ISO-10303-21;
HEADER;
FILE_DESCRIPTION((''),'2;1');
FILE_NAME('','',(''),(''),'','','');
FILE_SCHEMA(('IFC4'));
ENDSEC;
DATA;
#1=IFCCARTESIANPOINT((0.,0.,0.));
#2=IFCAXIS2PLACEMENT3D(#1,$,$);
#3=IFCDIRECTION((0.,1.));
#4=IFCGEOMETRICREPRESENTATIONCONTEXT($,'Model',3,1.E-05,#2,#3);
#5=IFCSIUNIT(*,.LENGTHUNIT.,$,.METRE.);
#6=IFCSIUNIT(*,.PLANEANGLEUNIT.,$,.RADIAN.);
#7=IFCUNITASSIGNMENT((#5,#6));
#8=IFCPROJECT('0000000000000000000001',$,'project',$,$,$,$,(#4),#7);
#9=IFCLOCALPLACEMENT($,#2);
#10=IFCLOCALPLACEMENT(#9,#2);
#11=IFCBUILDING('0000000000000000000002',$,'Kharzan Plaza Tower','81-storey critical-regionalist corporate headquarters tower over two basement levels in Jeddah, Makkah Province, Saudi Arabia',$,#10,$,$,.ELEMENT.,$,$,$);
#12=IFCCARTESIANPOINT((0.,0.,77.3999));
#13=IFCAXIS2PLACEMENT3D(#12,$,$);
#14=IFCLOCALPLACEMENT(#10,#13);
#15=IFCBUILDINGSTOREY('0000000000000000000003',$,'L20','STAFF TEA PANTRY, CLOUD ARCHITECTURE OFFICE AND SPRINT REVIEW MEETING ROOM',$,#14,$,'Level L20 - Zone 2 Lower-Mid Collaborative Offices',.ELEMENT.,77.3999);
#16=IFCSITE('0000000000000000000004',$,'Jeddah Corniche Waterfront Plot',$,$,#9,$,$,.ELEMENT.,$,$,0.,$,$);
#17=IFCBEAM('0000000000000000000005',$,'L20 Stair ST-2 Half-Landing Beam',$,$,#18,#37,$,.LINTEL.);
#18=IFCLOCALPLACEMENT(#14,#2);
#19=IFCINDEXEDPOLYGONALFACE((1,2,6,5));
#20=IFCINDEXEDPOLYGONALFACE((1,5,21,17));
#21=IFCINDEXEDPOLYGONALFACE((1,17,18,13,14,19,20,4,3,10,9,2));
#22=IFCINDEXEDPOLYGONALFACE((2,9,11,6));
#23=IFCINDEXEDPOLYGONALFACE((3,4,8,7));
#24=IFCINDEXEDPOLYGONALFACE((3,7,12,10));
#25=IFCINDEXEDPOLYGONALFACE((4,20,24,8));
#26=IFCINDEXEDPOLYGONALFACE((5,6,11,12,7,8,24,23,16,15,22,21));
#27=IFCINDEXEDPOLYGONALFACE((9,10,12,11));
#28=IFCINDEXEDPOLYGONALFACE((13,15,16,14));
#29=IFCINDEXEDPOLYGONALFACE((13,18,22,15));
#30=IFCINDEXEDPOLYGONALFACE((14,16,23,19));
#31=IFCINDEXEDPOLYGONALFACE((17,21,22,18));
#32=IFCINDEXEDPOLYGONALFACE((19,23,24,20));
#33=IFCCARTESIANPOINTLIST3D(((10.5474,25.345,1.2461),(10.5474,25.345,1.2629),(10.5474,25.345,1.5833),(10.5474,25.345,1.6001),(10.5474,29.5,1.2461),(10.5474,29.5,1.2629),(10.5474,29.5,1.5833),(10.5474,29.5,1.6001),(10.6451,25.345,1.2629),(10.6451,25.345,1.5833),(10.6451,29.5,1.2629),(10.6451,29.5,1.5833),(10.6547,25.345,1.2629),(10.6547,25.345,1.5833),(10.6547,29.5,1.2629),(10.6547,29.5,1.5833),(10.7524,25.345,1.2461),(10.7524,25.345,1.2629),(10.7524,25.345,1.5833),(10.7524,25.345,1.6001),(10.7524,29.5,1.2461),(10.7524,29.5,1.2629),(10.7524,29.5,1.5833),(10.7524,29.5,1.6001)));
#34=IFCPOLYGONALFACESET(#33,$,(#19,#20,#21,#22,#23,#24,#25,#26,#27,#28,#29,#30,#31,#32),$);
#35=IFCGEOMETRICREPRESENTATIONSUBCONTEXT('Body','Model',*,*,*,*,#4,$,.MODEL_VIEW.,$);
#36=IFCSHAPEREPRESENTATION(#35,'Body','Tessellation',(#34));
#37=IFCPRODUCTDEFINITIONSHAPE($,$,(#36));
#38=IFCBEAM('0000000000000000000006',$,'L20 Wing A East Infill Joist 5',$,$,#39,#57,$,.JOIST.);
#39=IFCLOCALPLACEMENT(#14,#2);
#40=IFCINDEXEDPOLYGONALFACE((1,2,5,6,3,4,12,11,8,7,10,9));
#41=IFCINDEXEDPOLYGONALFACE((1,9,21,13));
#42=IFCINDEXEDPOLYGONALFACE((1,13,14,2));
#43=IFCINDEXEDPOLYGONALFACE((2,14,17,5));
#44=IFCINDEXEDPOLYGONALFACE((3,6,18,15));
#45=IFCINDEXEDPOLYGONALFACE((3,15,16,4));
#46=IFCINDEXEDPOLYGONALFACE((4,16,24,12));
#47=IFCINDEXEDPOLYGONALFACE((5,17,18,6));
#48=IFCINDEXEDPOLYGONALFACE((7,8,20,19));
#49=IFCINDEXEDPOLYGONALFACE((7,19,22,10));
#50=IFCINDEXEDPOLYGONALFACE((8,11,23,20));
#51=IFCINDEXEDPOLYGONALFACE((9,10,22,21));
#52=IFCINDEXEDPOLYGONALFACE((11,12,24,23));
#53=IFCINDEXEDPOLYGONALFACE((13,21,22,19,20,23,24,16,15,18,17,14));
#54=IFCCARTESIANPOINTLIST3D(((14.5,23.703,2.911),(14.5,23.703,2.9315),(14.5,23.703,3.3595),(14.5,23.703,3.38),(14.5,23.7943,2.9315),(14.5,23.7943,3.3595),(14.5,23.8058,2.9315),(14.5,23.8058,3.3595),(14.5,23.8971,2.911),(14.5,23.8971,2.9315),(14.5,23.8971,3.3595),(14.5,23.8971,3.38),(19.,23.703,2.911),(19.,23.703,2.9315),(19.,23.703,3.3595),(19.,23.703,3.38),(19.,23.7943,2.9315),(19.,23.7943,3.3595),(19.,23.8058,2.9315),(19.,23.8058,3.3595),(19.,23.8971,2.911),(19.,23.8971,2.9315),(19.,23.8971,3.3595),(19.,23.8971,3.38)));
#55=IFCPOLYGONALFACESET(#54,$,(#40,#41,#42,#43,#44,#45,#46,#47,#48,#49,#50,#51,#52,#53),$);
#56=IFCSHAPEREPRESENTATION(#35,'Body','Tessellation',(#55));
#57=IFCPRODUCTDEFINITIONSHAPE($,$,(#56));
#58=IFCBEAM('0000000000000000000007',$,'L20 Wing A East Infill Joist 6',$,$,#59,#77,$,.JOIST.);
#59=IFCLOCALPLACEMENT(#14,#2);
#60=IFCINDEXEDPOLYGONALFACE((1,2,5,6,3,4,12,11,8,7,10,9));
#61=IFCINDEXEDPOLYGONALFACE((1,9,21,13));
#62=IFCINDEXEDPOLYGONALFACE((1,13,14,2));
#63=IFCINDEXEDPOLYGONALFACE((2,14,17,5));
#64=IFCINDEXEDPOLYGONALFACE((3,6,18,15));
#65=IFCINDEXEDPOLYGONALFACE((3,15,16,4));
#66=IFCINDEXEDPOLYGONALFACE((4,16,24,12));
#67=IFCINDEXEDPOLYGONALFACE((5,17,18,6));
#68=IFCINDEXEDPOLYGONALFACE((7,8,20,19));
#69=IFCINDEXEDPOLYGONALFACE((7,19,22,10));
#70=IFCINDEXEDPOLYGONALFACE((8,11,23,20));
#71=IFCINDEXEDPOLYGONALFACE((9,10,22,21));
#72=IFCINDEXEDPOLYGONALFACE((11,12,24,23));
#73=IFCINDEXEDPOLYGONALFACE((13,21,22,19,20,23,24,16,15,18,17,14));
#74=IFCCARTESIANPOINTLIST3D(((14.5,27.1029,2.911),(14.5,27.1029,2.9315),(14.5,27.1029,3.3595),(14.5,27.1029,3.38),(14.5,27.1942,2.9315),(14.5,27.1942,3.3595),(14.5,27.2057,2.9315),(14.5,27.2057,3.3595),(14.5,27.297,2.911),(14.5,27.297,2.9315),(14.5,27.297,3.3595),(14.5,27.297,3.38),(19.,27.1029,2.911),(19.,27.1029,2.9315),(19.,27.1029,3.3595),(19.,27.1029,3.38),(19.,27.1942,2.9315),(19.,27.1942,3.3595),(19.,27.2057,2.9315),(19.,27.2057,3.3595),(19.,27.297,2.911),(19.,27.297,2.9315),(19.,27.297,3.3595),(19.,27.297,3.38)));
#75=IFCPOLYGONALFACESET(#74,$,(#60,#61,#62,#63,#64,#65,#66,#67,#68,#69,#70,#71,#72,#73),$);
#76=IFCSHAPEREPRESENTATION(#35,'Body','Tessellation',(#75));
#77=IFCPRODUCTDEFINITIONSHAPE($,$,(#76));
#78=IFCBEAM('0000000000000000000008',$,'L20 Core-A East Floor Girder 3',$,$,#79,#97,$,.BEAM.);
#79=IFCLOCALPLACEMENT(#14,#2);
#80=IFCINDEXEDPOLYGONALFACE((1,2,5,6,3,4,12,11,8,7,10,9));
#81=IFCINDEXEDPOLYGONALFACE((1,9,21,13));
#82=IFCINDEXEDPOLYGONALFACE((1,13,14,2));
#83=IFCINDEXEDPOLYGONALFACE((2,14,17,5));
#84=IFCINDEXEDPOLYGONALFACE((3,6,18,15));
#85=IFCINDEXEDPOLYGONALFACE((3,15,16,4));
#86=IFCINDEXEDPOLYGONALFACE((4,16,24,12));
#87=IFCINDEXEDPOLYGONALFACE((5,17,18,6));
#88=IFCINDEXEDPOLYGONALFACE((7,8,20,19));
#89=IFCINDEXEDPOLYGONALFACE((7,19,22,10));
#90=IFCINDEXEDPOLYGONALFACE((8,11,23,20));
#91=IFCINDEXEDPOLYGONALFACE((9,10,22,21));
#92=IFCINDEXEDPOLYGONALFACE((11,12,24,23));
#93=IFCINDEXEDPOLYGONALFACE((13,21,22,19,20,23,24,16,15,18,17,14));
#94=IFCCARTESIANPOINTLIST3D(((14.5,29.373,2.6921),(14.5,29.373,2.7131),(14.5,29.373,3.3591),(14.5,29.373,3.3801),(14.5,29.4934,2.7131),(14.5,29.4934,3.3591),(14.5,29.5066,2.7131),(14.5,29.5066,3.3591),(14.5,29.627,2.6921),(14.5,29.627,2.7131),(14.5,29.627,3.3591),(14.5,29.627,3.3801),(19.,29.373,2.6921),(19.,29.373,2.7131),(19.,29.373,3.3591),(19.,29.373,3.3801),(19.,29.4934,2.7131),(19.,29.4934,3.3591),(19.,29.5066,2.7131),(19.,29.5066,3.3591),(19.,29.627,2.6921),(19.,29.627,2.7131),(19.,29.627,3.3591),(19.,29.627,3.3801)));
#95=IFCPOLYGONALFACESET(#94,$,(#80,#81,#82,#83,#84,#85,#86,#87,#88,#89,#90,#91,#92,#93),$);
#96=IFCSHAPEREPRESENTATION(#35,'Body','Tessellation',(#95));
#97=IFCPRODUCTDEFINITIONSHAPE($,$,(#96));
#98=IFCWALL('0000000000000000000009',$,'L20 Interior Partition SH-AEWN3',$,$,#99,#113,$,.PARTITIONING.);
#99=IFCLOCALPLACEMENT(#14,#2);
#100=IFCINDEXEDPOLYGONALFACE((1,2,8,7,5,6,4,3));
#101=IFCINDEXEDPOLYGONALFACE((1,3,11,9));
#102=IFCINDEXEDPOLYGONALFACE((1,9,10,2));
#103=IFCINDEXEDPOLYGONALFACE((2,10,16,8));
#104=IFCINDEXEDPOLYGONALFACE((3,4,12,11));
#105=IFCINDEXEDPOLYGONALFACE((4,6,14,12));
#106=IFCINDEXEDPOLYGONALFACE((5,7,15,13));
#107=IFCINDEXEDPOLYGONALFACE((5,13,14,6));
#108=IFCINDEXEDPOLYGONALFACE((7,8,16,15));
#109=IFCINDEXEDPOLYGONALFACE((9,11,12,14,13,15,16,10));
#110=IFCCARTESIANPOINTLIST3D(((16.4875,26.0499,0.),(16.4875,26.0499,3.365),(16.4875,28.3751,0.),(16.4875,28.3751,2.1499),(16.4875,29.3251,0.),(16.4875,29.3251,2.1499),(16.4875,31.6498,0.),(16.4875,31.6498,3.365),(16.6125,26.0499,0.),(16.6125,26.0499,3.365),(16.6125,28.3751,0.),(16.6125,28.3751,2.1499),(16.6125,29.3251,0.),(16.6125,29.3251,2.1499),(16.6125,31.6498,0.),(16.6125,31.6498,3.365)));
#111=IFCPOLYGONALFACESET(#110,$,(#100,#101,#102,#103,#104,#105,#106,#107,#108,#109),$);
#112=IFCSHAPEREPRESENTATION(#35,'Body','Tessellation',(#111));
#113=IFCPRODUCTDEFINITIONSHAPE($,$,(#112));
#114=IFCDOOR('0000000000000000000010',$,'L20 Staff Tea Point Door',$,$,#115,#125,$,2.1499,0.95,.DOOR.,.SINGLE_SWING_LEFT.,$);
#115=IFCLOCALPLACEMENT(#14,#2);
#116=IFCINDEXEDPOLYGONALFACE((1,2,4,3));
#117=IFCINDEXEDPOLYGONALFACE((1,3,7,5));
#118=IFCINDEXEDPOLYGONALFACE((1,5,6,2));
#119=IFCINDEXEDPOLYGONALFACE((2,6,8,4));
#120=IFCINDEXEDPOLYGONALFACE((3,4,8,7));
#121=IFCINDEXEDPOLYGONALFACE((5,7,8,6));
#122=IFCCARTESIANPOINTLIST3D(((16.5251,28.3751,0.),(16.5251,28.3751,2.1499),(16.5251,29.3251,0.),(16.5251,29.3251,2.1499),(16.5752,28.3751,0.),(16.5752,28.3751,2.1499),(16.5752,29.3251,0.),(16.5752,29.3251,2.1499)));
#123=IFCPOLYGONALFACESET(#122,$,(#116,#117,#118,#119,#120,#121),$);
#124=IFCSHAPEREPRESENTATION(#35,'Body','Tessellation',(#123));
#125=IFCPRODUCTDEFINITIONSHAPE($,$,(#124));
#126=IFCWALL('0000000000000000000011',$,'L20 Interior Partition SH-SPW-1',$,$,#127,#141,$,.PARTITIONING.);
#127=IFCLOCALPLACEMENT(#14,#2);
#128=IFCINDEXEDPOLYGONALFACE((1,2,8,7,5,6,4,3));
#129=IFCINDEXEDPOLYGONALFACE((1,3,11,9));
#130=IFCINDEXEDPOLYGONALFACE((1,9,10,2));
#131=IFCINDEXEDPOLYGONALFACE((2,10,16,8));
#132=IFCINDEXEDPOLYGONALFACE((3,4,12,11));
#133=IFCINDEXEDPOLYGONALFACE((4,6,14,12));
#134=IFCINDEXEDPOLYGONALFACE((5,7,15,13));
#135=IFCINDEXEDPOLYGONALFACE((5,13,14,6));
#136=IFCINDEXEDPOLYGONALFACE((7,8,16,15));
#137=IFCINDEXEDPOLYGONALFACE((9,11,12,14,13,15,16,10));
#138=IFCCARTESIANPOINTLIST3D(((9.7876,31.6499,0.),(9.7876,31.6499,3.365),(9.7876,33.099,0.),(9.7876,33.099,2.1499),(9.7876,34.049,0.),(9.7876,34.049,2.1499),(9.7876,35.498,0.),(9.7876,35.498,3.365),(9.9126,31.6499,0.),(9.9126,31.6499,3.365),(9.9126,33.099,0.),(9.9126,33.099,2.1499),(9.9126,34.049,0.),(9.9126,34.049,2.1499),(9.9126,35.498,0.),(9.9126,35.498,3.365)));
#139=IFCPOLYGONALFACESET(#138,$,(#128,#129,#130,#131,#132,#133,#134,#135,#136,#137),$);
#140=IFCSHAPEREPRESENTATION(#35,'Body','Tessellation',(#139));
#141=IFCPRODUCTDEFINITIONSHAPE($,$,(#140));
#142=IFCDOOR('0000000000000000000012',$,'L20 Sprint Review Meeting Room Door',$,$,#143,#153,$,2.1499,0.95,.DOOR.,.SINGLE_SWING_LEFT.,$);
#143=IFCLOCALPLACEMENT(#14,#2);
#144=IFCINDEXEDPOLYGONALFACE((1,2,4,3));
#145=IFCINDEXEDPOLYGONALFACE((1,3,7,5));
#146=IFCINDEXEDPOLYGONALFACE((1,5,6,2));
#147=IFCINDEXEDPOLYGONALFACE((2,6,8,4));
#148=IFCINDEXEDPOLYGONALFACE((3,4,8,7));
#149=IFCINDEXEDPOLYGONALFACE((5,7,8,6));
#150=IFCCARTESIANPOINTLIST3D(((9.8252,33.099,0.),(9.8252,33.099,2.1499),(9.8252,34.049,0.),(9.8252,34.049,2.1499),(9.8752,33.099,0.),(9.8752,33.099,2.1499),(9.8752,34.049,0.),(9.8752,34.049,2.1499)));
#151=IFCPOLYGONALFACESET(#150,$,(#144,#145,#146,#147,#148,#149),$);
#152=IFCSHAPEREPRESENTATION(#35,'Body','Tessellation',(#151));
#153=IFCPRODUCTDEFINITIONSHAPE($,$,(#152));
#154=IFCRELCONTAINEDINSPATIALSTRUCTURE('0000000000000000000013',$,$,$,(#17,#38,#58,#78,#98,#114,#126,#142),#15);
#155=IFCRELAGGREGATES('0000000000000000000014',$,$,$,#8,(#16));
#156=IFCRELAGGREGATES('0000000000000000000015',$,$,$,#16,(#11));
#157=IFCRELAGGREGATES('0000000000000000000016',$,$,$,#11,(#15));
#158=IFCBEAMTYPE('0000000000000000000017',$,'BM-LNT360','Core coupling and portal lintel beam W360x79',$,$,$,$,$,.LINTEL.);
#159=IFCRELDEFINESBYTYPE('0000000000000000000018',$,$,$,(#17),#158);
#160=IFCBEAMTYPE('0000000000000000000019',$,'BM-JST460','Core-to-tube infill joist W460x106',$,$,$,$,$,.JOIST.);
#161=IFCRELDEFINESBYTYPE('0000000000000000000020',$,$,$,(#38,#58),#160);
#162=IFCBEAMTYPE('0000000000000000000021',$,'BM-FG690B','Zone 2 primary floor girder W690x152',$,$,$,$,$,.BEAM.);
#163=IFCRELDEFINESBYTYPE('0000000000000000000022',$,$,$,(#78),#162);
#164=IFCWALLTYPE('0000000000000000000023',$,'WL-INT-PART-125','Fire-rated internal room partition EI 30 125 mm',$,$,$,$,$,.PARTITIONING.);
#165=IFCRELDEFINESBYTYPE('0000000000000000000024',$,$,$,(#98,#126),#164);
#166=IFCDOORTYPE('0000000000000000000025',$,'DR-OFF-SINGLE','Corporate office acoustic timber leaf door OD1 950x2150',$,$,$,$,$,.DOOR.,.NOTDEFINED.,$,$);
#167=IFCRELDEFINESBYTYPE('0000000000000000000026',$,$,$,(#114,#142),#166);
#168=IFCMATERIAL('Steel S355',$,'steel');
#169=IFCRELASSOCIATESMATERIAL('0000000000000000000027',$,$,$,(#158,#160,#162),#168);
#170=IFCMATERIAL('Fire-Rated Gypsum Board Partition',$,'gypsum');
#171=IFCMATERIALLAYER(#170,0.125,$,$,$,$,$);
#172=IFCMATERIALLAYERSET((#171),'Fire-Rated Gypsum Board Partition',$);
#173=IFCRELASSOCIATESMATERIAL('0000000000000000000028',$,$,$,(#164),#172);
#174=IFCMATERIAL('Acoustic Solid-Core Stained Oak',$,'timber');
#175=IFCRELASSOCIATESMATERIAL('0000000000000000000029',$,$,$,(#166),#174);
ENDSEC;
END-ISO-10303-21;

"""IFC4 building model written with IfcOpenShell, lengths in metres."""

from ifc_helpers import new_model, si_unit, direction, frame, frame_2d, origin, origin_2d, place, context, subcontext, project, spatial, rectangle, i_section, extrude, source, transform, mapped, material, layer, layer_set, material_profile, profile_set, type_object, element, fill, save


model = new_model("IFC4")

# Units and contexts
model_context = context("Model", 3, precision=1e-05, world=origin(), true_north=direction((0.0, 1.0)))
body_context = subcontext(model_context, "Body", "Model", "MODEL_VIEW")
ifc_project = project(units=[si_unit("LENGTHUNIT", "METRE"), si_unit("PLANEANGLEUNIT", "RADIAN")], contexts=[model_context])

# Site, building, storey
site_placement = place(None, origin())
site = spatial("IfcSite", under=ifc_project, at=site_placement, Name="Jeddah Corniche Waterfront Plot", CompositionType="ELEMENT", RefElevation=0.0)
building_placement = place(site_placement, origin())
building = spatial("IfcBuilding", under=site, at=building_placement, Name="Kharzan Plaza Tower", Description="81-storey critical-regionalist corporate headquarters tower over two basement levels in Jeddah, Makkah Province, Saudi Arabia", CompositionType="ELEMENT")
storey_placement = place(building_placement, frame((0.0, 0.0, 77.3999)))
storey = spatial("IfcBuildingStorey", under=building, at=storey_placement, Name="L20", Description="STAFF TEA PANTRY, CLOUD ARCHITECTURE OFFICE AND SPRINT REVIEW MEETING ROOM", LongName="Level L20 - Zone 2 Lower-Mid Collaborative Offices", CompositionType="ELEMENT", Elevation=77.3999)

# Beams
ifc_material_1 = material(Name="Steel S355", Category="steel")
ifc_material_profile_1 = material_profile(ifc_material_1, i_section(OverallWidth=0.2051, OverallDepth=0.354, WebThickness=0.0095, FlangeThickness=0.0168, at=origin_2d()), Name="W360x79")
ifc_profile_set_1 = profile_set([ifc_material_profile_1], Name="Steel S355")
beam_type_1 = type_object("IfcBeamType", Name="BM-LNT360", Description="Core coupling and portal lintel beam W360x79", PredefinedType="LINTEL", material=ifc_profile_set_1)
shared_shape_1 = source(origin(), body_context, "Body", "SweptSolid", [
    extrude(i_section(OverallWidth=0.2051, OverallDepth=0.354, WebThickness=0.0095, FlangeThickness=0.0168, at=origin_2d()), origin(), (0.0, 0.0, 1.0), 4.155),
])
beam_1_placement = place(storey_placement, frame((10.6499, 25.345, 1.4231), z_axis=(0.0, 1.0, 0.0), x_axis=(-1.0, 0.0, 0.0)))
element("IfcBeam", 1, at=beam_1_placement, inside=storey, type_object=beam_type_1, Name="L20 Stair ST-2 Half-Landing Beam", PredefinedType="LINTEL", context=body_context, shape_type="MappedRepresentation", body=[
    mapped(shared_shape_1, transform((0.0, 0.0, 0.0), x_axis=(1.0, 0.0, 0.0), y_axis=(0.0, 1.0, 0.0), z_axis=(0.0, 0.0, 1.0))),
])
ifc_material_profile_2 = material_profile(ifc_material_1, i_section(OverallWidth=0.1941, OverallDepth=0.469, WebThickness=0.0115, FlangeThickness=0.0205, at=origin_2d()), Name="W460x106")
ifc_profile_set_2 = profile_set([ifc_material_profile_2], Name="Steel S355")
beam_type_2 = type_object("IfcBeamType", Name="BM-JST460", Description="Core-to-tube infill joist W460x106", PredefinedType="JOIST", material=ifc_profile_set_2)
shared_shape_2 = source(origin(), body_context, "Body", "SweptSolid", [
    extrude(i_section(OverallWidth=0.1941, OverallDepth=0.469, WebThickness=0.0115, FlangeThickness=0.0205, at=origin_2d()), origin(), (0.0, 0.0, 1.0), 4.5),
])
for number, where, z_axis, x_axis, name in (
    (2, (14.5, 23.8, 3.1455), (1.0, 0.0, 0.0), (0.0, 1.0, 0.0), "L20 Wing A East Infill Joist 5"),
    (3, (14.5, 27.2, 3.1455), (1.0, 0.0, 0.0), (0.0, 1.0, 0.0), "L20 Wing A East Infill Joist 6"),
):
    element("IfcBeam", number, at=place(storey_placement, frame(where, z_axis=z_axis, x_axis=x_axis)), inside=storey, type_object=beam_type_2, Name=name, PredefinedType="JOIST", context=body_context, shape_type="MappedRepresentation", body=[
        mapped(shared_shape_2, transform((0.0, 0.0, 0.0), x_axis=(1.0, 0.0, 0.0), y_axis=(0.0, 1.0, 0.0), z_axis=(0.0, 0.0, 1.0))),
    ])
ifc_material_profile_3 = material_profile(ifc_material_1, i_section(OverallWidth=0.2539, OverallDepth=0.688, WebThickness=0.0132, FlangeThickness=0.021, at=origin_2d()), Name="W690x152")
ifc_profile_set_3 = profile_set([ifc_material_profile_3], Name="Steel S355")
beam_type_3 = type_object("IfcBeamType", Name="BM-FG690B", Description="Zone 2 primary floor girder W690x152", PredefinedType="BEAM", material=ifc_profile_set_3)
shared_shape_3 = source(origin(), body_context, "Body", "SweptSolid", [
    extrude(i_section(OverallWidth=0.2539, OverallDepth=0.688, WebThickness=0.0132, FlangeThickness=0.021, at=origin_2d()), origin(), (0.0, 0.0, 1.0), 4.5),
])
beam_2_placement = place(storey_placement, frame((14.5, 29.5, 3.0361), z_axis=(1.0, 0.0, 0.0), x_axis=(0.0, 1.0, 0.0)))
element("IfcBeam", 4, at=beam_2_placement, inside=storey, type_object=beam_type_3, Name="L20 Core-A East Floor Girder 3", PredefinedType="BEAM", context=body_context, shape_type="MappedRepresentation", body=[
    mapped(shared_shape_3, transform((0.0, 0.0, 0.0), x_axis=(1.0, 0.0, 0.0), y_axis=(0.0, 1.0, 0.0), z_axis=(0.0, 0.0, 1.0))),
])

# Walls, openings, doors
ifc_material_2 = material(Name="Fire-Rated Gypsum Board Partition", Category="gypsum")
ifc_layer_1 = layer(ifc_material_2, 0.125)
ifc_layer_set_1 = layer_set([ifc_layer_1], Name="Fire-Rated Gypsum Board Partition")
wall_type_1 = type_object("IfcWallType", Name="WL-INT-PART-125", Description="Fire-rated internal room partition EI 30 125 mm", PredefinedType="PARTITIONING", material=ifc_layer_set_1)
wall_1_placement = place(storey_placement, frame((16.55, 26.05, 0.0), z_axis=(0.0, 0.0, 1.0), x_axis=(0.0, 1.0, 0.0)))
wall_1 = element("IfcWall", 5, at=wall_1_placement, inside=storey, type_object=wall_type_1, Name="L20 Interior Partition SH-AEWN3", PredefinedType="PARTITIONING", context=body_context, shape_type="SweptSolid", body=[
    extrude(rectangle(XDim=5.5999, YDim=0.125, at=frame_2d((2.7998, 0.0))), origin(), (0.0, 0.0, 1.0), 3.365),
])
opening_1_placement = place(wall_1_placement, frame((2.325, 0.0, 0.0)))
opening_1 = element("IfcOpeningElement", 6, at=opening_1_placement, cuts=wall_1, PredefinedType="OPENING", context=body_context, shape_type="SweptSolid", body=[
    extrude(rectangle(XDim=0.95, YDim=2.1499, at=frame_2d((0.4751, 1.075))), frame((0.0, 0.0725, 0.0), z_axis=(0.0, -1.0, 0.0), x_axis=(1.0, 0.0, 0.0)), (0.0, 0.0, 1.0), 0.145),
])
ifc_material_3 = material(Name="Acoustic Solid-Core Stained Oak", Category="timber")
door_type_1 = type_object("IfcDoorType", Name="DR-OFF-SINGLE", Description="Corporate office acoustic timber leaf door OD1 950x2150", OperationType="NOTDEFINED", PredefinedType="DOOR", material=ifc_material_3)
shared_shape_4 = source(origin(), body_context, "Body", "SweptSolid", [
    extrude(rectangle(XDim=0.95, YDim=2.1499, at=frame_2d((0.4751, 1.075))), frame((0.0, 0.0249, 0.0), z_axis=(0.0, -1.0, 0.0), x_axis=(1.0, 0.0, 0.0)), (0.0, 0.0, 1.0), 0.05),
])
door_1_placement = place(opening_1_placement, origin())
door_1 = element("IfcDoor", 7, at=door_1_placement, inside=storey, type_object=door_type_1, Name="L20 Staff Tea Point Door", OperationType="SINGLE_SWING_LEFT", OverallHeight=2.1499, OverallWidth=0.95, PredefinedType="DOOR", context=body_context, shape_type="MappedRepresentation", body=[
    mapped(shared_shape_4, transform((0.0, 0.0, 0.0), x_axis=(1.0, 0.0, 0.0), y_axis=(0.0, 1.0, 0.0), z_axis=(0.0, 0.0, 1.0))),
])
fill(opening_1, door_1)
wall_2_placement = place(storey_placement, frame((9.8501, 31.6499, 0.0), z_axis=(0.0, 0.0, 1.0), x_axis=(0.0, 1.0, 0.0)))
wall_2 = element("IfcWall", 8, at=wall_2_placement, inside=storey, type_object=wall_type_1, Name="L20 Interior Partition SH-SPW-1", PredefinedType="PARTITIONING", context=body_context, shape_type="SweptSolid", body=[
    extrude(rectangle(XDim=3.8481, YDim=0.125, at=frame_2d((1.9241, 0.0))), origin(), (0.0, 0.0, 1.0), 3.365),
])
opening_2_placement = place(wall_2_placement, frame((1.449, 0.0, 0.0)))
opening_2 = element("IfcOpeningElement", 9, at=opening_2_placement, cuts=wall_2, PredefinedType="OPENING", context=body_context, shape_type="SweptSolid", body=[
    extrude(rectangle(XDim=0.95, YDim=2.1499, at=frame_2d((0.4751, 1.075))), frame((0.0, 0.0725, 0.0), z_axis=(0.0, -1.0, 0.0), x_axis=(1.0, 0.0, 0.0)), (0.0, 0.0, 1.0), 0.145),
])
door_2_placement = place(opening_2_placement, origin())
door_2 = element("IfcDoor", 10, at=door_2_placement, inside=storey, type_object=door_type_1, Name="L20 Sprint Review Meeting Room Door", OperationType="SINGLE_SWING_LEFT", OverallHeight=2.1499, OverallWidth=0.95, PredefinedType="DOOR", context=body_context, shape_type="MappedRepresentation", body=[
    mapped(shared_shape_4, transform((0.0, 0.0, 0.0), x_axis=(1.0, 0.0, 0.0), y_axis=(0.0, 1.0, 0.0), z_axis=(0.0, 0.0, 1.0))),
])
fill(opening_2, door_2)

save(model, "model.ifc")
